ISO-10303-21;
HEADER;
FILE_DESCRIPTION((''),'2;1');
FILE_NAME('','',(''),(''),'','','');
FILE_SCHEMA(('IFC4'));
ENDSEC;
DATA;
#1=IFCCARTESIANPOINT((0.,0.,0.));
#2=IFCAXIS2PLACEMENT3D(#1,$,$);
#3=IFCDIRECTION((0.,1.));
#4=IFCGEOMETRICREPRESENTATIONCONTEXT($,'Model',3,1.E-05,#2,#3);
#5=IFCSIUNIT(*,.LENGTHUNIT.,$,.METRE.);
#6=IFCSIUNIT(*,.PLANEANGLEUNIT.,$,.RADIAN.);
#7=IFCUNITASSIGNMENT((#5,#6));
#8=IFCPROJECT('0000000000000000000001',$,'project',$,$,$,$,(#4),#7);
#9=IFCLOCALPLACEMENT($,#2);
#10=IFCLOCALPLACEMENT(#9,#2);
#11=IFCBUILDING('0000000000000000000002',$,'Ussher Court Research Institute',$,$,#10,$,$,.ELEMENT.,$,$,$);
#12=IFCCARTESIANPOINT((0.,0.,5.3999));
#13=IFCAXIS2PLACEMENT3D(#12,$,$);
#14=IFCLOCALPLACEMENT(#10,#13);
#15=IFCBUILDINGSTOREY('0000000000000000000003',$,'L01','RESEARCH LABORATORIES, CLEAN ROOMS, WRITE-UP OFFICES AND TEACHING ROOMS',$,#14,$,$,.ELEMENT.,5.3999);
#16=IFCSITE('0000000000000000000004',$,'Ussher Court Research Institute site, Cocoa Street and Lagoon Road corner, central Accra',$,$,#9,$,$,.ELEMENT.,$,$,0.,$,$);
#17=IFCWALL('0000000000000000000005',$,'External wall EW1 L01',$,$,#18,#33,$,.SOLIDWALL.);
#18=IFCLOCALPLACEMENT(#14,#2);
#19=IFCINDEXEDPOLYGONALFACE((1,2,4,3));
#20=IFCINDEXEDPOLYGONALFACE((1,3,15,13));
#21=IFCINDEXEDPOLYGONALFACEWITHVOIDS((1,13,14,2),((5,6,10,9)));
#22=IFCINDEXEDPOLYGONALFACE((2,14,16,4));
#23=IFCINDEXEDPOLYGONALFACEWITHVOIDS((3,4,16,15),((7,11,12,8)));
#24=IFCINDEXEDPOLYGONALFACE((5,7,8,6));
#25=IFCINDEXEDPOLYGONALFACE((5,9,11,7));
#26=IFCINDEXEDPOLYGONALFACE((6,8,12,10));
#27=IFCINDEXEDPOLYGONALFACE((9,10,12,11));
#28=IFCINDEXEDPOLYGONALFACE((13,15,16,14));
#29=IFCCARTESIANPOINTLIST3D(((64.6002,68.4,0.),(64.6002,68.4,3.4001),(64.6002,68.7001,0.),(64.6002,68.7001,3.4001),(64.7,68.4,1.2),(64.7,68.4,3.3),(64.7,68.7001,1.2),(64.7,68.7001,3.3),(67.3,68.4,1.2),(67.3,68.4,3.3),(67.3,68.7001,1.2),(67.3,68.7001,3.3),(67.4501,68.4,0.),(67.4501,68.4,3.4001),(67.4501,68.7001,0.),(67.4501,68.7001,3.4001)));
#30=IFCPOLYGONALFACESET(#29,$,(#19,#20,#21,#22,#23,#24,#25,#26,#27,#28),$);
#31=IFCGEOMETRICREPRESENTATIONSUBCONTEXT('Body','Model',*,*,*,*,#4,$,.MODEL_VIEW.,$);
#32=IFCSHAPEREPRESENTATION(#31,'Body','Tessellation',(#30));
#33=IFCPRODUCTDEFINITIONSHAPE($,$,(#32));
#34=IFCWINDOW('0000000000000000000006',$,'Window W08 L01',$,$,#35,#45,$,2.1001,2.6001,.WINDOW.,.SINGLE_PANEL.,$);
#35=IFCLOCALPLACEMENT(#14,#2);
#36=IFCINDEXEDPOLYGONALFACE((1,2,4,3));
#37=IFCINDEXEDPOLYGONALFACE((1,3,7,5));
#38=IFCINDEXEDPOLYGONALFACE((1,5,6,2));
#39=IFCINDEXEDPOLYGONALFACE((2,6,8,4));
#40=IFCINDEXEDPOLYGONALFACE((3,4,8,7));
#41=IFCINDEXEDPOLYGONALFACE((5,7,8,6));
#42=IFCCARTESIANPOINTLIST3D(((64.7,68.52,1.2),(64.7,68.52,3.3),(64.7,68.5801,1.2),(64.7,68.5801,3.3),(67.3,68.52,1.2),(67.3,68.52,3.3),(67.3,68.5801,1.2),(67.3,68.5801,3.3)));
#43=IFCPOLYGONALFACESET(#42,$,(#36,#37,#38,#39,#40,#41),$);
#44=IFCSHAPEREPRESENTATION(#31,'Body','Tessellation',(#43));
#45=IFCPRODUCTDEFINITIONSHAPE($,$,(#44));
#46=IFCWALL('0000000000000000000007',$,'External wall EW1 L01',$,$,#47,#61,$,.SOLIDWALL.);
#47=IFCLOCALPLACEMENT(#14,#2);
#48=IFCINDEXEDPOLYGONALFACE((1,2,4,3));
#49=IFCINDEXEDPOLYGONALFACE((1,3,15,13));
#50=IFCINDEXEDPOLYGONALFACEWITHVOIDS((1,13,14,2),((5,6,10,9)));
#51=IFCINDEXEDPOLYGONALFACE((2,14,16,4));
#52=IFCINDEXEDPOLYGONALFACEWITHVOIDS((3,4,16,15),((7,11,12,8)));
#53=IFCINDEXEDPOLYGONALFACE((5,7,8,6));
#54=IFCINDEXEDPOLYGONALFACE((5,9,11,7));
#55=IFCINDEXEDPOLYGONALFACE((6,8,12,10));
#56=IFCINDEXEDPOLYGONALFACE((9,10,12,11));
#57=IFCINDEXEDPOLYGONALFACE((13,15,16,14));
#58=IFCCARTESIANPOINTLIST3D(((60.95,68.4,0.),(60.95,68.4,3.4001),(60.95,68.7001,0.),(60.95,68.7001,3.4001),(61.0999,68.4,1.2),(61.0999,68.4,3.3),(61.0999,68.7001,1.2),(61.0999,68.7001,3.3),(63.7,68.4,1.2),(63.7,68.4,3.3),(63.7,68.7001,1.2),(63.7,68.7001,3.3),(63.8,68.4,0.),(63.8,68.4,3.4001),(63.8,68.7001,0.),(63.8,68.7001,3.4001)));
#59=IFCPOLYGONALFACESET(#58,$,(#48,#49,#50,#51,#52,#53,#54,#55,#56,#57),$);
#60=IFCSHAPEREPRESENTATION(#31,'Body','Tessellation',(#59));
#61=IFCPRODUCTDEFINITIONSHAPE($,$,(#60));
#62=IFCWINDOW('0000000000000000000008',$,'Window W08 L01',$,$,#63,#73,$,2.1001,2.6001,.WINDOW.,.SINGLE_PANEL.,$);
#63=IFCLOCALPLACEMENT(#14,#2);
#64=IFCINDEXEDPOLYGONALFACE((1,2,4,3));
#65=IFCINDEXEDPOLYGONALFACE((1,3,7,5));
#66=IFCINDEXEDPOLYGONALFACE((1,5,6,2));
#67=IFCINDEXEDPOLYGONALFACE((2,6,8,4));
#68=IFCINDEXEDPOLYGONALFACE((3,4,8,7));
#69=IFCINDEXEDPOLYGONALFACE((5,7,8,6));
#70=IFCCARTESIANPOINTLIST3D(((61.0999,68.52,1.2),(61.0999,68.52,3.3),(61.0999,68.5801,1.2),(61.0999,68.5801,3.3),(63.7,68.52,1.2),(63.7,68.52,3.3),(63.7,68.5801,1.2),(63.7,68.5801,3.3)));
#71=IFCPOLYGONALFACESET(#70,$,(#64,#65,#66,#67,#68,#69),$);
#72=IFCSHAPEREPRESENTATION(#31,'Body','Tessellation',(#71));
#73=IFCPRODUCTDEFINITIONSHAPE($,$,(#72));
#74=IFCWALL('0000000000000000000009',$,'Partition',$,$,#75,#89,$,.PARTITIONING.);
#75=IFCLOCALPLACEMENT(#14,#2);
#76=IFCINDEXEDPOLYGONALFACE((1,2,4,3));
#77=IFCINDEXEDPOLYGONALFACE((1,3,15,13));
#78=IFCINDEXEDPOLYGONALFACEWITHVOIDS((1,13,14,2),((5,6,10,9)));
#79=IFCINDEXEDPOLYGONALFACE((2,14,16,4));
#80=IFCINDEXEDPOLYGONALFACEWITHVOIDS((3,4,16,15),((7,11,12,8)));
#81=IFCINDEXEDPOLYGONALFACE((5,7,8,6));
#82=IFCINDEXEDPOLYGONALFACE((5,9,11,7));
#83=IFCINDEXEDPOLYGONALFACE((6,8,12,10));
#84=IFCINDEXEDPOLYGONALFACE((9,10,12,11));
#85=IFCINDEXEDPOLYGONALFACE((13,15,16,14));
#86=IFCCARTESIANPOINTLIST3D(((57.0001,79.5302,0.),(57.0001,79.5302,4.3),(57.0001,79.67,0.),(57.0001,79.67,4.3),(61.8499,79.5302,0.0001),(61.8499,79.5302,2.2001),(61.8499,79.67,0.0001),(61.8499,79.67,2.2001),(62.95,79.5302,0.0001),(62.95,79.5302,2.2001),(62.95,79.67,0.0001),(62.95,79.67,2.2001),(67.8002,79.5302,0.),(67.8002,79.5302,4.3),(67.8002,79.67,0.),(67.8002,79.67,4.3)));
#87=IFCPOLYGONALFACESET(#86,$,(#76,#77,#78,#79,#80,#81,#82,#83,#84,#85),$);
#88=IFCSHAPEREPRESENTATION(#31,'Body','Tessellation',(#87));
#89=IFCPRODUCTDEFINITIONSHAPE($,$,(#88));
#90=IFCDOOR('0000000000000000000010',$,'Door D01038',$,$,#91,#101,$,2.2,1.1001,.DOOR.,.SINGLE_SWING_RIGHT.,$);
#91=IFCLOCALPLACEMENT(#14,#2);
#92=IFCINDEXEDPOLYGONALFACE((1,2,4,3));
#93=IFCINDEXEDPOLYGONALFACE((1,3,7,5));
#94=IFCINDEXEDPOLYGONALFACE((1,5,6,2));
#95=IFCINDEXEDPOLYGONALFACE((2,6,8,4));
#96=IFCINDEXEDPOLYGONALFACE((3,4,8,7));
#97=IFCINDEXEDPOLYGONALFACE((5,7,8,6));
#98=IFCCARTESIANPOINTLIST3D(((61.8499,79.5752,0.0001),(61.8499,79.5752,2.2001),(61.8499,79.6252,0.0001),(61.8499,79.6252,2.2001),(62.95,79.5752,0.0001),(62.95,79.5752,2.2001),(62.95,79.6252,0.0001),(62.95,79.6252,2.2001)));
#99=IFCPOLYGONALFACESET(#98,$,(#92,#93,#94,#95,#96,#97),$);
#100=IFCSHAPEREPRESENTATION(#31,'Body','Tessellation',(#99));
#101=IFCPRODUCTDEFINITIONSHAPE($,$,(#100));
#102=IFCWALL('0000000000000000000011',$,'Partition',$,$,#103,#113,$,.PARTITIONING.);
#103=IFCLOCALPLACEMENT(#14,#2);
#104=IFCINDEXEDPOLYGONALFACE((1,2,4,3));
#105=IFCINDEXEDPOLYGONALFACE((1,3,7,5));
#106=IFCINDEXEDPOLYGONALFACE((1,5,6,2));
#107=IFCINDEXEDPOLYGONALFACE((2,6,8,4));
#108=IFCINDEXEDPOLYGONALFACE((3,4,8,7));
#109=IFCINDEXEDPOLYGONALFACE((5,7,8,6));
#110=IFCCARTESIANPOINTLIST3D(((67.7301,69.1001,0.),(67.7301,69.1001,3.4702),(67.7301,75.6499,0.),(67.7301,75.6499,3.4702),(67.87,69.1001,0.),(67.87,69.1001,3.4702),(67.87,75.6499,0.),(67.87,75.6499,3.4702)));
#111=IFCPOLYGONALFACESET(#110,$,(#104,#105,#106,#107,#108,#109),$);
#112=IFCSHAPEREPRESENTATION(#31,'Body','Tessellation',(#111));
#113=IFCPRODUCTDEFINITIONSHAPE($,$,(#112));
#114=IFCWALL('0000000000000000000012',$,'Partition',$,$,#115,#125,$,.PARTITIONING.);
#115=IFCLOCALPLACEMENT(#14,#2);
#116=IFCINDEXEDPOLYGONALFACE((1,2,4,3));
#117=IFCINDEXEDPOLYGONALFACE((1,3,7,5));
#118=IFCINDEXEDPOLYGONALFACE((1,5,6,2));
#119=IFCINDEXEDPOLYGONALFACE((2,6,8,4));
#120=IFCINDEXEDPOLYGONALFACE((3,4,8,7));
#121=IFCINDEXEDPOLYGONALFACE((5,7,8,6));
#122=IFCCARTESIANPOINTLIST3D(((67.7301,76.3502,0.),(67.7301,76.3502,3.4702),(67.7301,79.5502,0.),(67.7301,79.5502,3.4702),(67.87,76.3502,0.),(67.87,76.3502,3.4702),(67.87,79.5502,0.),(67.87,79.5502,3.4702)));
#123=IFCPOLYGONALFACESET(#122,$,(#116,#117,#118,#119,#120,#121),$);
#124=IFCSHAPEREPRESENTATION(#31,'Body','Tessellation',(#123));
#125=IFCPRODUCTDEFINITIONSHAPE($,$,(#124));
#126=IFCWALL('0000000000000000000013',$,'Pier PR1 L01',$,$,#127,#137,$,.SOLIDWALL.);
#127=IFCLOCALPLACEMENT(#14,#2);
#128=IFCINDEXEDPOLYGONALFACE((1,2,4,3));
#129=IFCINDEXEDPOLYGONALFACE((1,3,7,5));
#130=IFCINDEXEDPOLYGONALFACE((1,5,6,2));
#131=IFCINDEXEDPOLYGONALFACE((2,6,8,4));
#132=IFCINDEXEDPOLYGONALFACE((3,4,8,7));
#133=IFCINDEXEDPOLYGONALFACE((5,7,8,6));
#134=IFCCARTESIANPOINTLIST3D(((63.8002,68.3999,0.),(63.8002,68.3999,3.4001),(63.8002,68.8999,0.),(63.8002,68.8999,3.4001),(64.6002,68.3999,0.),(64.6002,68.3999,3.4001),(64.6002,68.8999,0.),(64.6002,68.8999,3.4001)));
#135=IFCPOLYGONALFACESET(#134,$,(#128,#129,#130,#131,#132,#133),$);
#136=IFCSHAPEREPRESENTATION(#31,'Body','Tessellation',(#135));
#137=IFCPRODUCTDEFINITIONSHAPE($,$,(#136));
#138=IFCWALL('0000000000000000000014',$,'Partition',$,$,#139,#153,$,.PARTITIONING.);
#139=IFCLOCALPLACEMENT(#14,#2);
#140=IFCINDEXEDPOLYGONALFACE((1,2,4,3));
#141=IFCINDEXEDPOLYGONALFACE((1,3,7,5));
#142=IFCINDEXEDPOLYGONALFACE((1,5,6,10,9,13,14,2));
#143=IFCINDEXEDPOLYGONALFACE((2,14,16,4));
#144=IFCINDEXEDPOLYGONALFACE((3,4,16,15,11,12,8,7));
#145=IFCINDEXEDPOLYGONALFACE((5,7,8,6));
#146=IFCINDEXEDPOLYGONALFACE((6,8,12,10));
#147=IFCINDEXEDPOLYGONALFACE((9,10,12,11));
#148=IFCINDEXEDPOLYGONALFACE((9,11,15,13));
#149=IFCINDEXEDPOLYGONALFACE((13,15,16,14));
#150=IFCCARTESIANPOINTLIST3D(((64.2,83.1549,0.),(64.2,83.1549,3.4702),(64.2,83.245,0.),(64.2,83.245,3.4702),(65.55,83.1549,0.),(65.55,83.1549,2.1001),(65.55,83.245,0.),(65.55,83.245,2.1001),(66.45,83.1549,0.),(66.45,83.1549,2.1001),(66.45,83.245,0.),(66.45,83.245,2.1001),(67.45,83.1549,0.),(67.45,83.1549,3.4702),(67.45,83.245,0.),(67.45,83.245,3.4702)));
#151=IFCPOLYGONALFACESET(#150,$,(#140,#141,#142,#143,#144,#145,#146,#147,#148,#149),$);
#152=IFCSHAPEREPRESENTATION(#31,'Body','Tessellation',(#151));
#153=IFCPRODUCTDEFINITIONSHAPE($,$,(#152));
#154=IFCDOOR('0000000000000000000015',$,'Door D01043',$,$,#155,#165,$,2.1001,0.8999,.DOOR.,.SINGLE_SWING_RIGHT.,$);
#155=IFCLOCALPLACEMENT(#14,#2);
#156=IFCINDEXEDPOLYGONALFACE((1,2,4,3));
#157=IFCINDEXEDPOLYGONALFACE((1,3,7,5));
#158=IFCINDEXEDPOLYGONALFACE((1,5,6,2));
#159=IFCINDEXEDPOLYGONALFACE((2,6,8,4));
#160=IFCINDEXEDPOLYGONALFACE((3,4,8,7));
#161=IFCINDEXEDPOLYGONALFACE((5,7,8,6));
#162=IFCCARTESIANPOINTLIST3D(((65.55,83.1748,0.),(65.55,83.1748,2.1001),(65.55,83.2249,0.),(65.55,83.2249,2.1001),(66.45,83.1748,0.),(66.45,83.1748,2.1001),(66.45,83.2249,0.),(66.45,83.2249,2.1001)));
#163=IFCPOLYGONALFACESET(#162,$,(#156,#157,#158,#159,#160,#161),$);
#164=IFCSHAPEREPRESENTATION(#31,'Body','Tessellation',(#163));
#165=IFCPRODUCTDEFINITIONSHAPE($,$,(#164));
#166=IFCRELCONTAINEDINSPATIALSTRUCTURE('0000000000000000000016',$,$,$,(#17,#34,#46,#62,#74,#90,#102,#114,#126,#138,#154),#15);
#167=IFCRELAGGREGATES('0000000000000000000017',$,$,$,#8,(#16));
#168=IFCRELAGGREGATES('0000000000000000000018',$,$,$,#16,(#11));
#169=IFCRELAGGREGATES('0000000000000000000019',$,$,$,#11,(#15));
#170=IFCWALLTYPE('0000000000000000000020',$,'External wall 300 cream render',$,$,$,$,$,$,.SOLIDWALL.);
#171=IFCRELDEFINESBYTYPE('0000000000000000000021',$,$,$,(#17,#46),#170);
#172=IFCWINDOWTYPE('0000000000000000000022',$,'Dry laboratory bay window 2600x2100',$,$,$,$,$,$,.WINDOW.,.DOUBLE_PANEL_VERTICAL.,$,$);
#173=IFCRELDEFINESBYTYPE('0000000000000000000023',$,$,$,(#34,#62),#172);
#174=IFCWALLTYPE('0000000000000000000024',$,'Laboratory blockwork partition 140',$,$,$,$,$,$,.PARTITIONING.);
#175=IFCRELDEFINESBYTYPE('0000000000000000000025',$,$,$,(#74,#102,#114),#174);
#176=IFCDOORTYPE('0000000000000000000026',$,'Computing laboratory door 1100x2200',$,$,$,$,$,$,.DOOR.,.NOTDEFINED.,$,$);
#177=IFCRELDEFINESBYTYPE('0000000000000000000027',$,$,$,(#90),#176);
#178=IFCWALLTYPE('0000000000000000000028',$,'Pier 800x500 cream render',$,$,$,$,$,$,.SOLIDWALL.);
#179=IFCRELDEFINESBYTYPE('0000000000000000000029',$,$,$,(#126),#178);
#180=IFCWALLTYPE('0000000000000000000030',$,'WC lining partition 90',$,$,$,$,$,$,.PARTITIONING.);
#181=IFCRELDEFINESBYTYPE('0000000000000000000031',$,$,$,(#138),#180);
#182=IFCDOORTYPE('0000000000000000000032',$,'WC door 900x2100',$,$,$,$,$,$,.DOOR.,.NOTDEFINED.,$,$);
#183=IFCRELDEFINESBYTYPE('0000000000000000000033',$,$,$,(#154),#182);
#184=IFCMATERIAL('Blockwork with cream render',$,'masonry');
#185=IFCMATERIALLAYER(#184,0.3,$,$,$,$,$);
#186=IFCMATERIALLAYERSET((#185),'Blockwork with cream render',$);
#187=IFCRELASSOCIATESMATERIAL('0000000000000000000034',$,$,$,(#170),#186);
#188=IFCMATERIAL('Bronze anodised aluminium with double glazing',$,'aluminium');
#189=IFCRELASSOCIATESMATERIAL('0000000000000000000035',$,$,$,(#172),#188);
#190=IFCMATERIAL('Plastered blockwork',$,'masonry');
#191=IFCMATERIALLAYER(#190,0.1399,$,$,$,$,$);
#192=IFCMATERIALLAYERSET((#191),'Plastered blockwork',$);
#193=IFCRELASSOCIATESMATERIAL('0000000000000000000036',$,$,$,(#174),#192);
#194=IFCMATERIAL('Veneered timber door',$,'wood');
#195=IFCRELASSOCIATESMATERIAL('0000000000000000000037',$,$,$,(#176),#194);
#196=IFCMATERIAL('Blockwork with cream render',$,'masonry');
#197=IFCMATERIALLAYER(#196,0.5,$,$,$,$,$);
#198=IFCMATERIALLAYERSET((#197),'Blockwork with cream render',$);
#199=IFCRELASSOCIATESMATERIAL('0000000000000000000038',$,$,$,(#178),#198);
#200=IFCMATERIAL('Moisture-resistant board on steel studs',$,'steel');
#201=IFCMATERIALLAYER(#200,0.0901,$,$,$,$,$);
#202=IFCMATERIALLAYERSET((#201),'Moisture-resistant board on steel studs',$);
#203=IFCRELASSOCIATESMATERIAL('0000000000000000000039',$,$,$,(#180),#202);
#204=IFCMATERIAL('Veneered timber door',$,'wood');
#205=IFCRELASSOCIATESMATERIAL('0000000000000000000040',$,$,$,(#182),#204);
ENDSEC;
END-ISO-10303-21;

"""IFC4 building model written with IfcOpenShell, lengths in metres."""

from ifc_helpers import new_model, si_unit, direction, frame, frame_2d, origin, place, context, subcontext, project, spatial, rectangle, extrude, material, layer, layer_set, type_object, element, fill, save


model = new_model("IFC4")

# Units and contexts
model_context = context("Model", 3, precision=1e-05, world=origin(), true_north=direction((0.0, 1.0)))
body_context = subcontext(model_context, "Body", "Model", "MODEL_VIEW")
ifc_project = project(units=[si_unit("LENGTHUNIT", "METRE"), si_unit("PLANEANGLEUNIT", "RADIAN")], contexts=[model_context])

# Site, building, storey
site_placement = place(None, origin())
site = spatial("IfcSite", under=ifc_project, at=site_placement, Name="Ussher Court Research Institute site, Cocoa Street and Lagoon Road corner, central Accra", CompositionType="ELEMENT", RefElevation=0.0)
building_placement = place(site_placement, origin())
building = spatial("IfcBuilding", under=site, at=building_placement, Name="Ussher Court Research Institute", CompositionType="ELEMENT")
storey_placement = place(building_placement, frame((0.0, 0.0, 5.3999)))
storey = spatial("IfcBuildingStorey", under=building, at=storey_placement, Name="L01", Description="RESEARCH LABORATORIES, CLEAN ROOMS, WRITE-UP OFFICES AND TEACHING ROOMS", CompositionType="ELEMENT", Elevation=5.3999)

# Walls, openings, windows
ifc_material_1 = material(Name="Blockwork with cream render", Category="masonry")
ifc_layer_1 = layer(ifc_material_1, 0.3)
ifc_layer_set_1 = layer_set([ifc_layer_1], Name="Blockwork with cream render")
wall_type_1 = type_object("IfcWallType", Name="External wall 300 cream render", PredefinedType="SOLIDWALL", material=ifc_layer_set_1)
ifc_material_2 = material(Name="Bronze anodised aluminium with double glazing", Category="aluminium")
window_type = type_object("IfcWindowType", Name="Dry laboratory bay window 2600x2100", PartitioningType="DOUBLE_PANEL_VERTICAL", PredefinedType="WINDOW", material=ifc_material_2)
wall_1_placement = place(storey_placement, frame((67.45, 68.55, 0.0), z_axis=(0.0, 0.0, 1.0), x_axis=(-1.0, 0.0, 0.0)))
wall_1 = element("IfcWall", 1, at=wall_1_placement, inside=storey, type_object=wall_type_1, Name="External wall EW1 L01", PredefinedType="SOLIDWALL", context=body_context, shape_type="SweptSolid", body=[
    extrude(rectangle(XDim=2.8499, YDim=0.3, at=frame_2d((1.4248, 0.0))), origin(), (0.0, 0.0, 1.0), 3.4001),
])
opening_1_placement = place(wall_1_placement, frame((0.1499, 0.0, 1.2)))
opening_1 = element("IfcOpeningElement", 2, at=opening_1_placement, cuts=wall_1, PredefinedType="OPENING", context=body_context, shape_type="SweptSolid", body=[
    extrude(rectangle(XDim=2.6001, YDim=2.1001, at=frame_2d((1.3, 1.05))), frame((0.0, 0.1602, 0.0), z_axis=(0.0, -1.0, 0.0), x_axis=(1.0, 0.0, 0.0)), (0.0, 0.0, 1.0), 0.3201),
])
window_1_placement = place(opening_1_placement, origin())
window_1 = element("IfcWindow", 3, at=window_1_placement, inside=storey, type_object=window_type, Name="Window W08 L01", OverallHeight=2.1001, OverallWidth=2.6001, PartitioningType="SINGLE_PANEL", PredefinedType="WINDOW", context=body_context, shape_type="SweptSolid", body=[
    extrude(rectangle(XDim=2.6001, YDim=2.1001, at=frame_2d((1.3, 1.05))), frame((0.0, 0.03, 0.0), z_axis=(0.0, -1.0, 0.0), x_axis=(1.0, 0.0, 0.0)), (0.0, 0.0, 1.0), 0.0601),
])
fill(opening_1, window_1)
wall_2_placement = place(storey_placement, frame((63.8, 68.55, 0.0), z_axis=(0.0, 0.0, 1.0), x_axis=(-1.0, 0.0, 0.0)))
wall_2 = element("IfcWall", 4, at=wall_2_placement, inside=storey, type_object=wall_type_1, Name="External wall EW1 L01", PredefinedType="SOLIDWALL", context=body_context, shape_type="SweptSolid", body=[
    extrude(rectangle(XDim=2.8501, YDim=0.3, at=frame_2d((1.425, 0.0))), origin(), (0.0, 0.0, 1.0), 3.4001),
])
opening_2_placement = place(wall_2_placement, frame((0.1001, 0.0, 1.2)))
opening_2 = element("IfcOpeningElement", 5, at=opening_2_placement, cuts=wall_2, PredefinedType="OPENING", context=body_context, shape_type="SweptSolid", body=[
    extrude(rectangle(XDim=2.6001, YDim=2.1001, at=frame_2d((1.3, 1.05))), frame((0.0, 0.1602, 0.0), z_axis=(0.0, -1.0, 0.0), x_axis=(1.0, 0.0, 0.0)), (0.0, 0.0, 1.0), 0.3201),
])
window_2_placement = place(opening_2_placement, origin())
window_2 = element("IfcWindow", 6, at=window_2_placement, inside=storey, type_object=window_type, Name="Window W08 L01", OverallHeight=2.1001, OverallWidth=2.6001, PartitioningType="SINGLE_PANEL", PredefinedType="WINDOW", context=body_context, shape_type="SweptSolid", body=[
    extrude(rectangle(XDim=2.6001, YDim=2.1001, at=frame_2d((1.3, 1.05))), frame((0.0, 0.03, 0.0), z_axis=(0.0, -1.0, 0.0), x_axis=(1.0, 0.0, 0.0)), (0.0, 0.0, 1.0), 0.0601),
])
fill(opening_2, window_2)

# Wall, opening, door
ifc_material_3 = material(Name="Plastered blockwork", Category="masonry")
ifc_layer_2 = layer(ifc_material_3, 0.1399)
ifc_layer_set_2 = layer_set([ifc_layer_2], Name="Plastered blockwork")
wall_type_2 = type_object("IfcWallType", Name="Laboratory blockwork partition 140", PredefinedType="PARTITIONING", material=ifc_layer_set_2)
wall_3_placement = place(storey_placement, frame((67.8, 79.6001, 0.0), z_axis=(0.0, 0.0, 1.0), x_axis=(-1.0, 0.0, 0.0)))
wall_3 = element("IfcWall", 7, at=wall_3_placement, inside=storey, type_object=wall_type_2, Name="Partition", PredefinedType="PARTITIONING", context=body_context, shape_type="SweptSolid", body=[
    extrude(rectangle(XDim=10.8, YDim=0.1399, at=frame_2d((5.3999, 0.0))), origin(), (0.0, 0.0, 1.0), 4.3),
])
opening_3_placement = place(wall_3_placement, frame((4.8501, 0.0, 0.0)))
opening_3 = element("IfcOpeningElement", 8, at=opening_3_placement, cuts=wall_3, PredefinedType="OPENING", context=body_context, shape_type="SweptSolid", body=[
    extrude(rectangle(XDim=1.1001, YDim=2.2, at=frame_2d((0.55, 1.1001))), frame((0.0, 0.0801, 0.0), z_axis=(0.0, -1.0, 0.0), x_axis=(1.0, 0.0, 0.0)), (0.0, 0.0, 1.0), 0.1599),
])
ifc_material_4 = material(Name="Veneered timber door", Category="wood")
door_type_1 = type_object("IfcDoorType", Name="Computing laboratory door 1100x2200", OperationType="NOTDEFINED", PredefinedType="DOOR", material=ifc_material_4)
door_1_placement = place(opening_3_placement, origin())
door_1 = element("IfcDoor", 9, at=door_1_placement, inside=storey, type_object=door_type_1, Name="Door D01038", OperationType="SINGLE_SWING_RIGHT", OverallHeight=2.2, OverallWidth=1.1001, PredefinedType="DOOR", context=body_context, shape_type="SweptSolid", body=[
    extrude(rectangle(XDim=1.1001, YDim=2.2, at=frame_2d((0.55, 1.1001))), frame((0.0, 0.0249, 0.0), z_axis=(0.0, -1.0, 0.0), x_axis=(1.0, 0.0, 0.0)), (0.0, 0.0, 1.0), 0.05),
])
fill(opening_3, door_1)

# Walls
wall_4_placement = place(storey_placement, frame((67.8, 69.1001, 0.0), z_axis=(0.0, 0.0, 1.0), x_axis=(0.0, 1.0, 0.0)))
element("IfcWall", 10, at=wall_4_placement, inside=storey, type_object=wall_type_2, Name="Partition", PredefinedType="PARTITIONING", context=body_context, shape_type="SweptSolid", body=[
    extrude(rectangle(XDim=6.5498, YDim=0.1399, at=frame_2d((3.2749, 0.0))), origin(), (0.0, 0.0, 1.0), 3.4702),
])
wall_5_placement = place(storey_placement, frame((67.8, 76.3501, 0.0), z_axis=(0.0, 0.0, 1.0), x_axis=(0.0, 1.0, 0.0)))
element("IfcWall", 11, at=wall_5_placement, inside=storey, type_object=wall_type_2, Name="Partition", PredefinedType="PARTITIONING", context=body_context, shape_type="SweptSolid", body=[
    extrude(rectangle(XDim=3.2, YDim=0.1399, at=frame_2d((1.6001, 0.0))), origin(), (0.0, 0.0, 1.0), 3.4702),
])
ifc_material_5 = material(Name="Blockwork with cream render", Category="masonry")
ifc_layer_3 = layer(ifc_material_5, 0.5)
ifc_layer_set_3 = layer_set([ifc_layer_3], Name="Blockwork with cream render")
wall_type_3 = type_object("IfcWallType", Name="Pier 800x500 cream render", PredefinedType="SOLIDWALL", material=ifc_layer_set_3)
wall_6_placement = place(storey_placement, frame((64.6001, 68.6499, 0.0), z_axis=(0.0, 0.0, 1.0), x_axis=(-1.0, 0.0, 0.0)))
element("IfcWall", 12, at=wall_6_placement, inside=storey, type_object=wall_type_3, Name="Pier PR1 L01", PredefinedType="SOLIDWALL", context=body_context, shape_type="SweptSolid", body=[
    extrude(rectangle(XDim=0.8, YDim=0.5, at=frame_2d((0.3999, 0.0))), origin(), (0.0, 0.0, 1.0), 3.4001),
])

# Wall, opening, door
ifc_material_6 = material(Name="Moisture-resistant board on steel studs", Category="steel")
ifc_layer_4 = layer(ifc_material_6, 0.0901)
ifc_layer_set_4 = layer_set([ifc_layer_4], Name="Moisture-resistant board on steel studs")
wall_type_4 = type_object("IfcWallType", Name="WC lining partition 90", PredefinedType="PARTITIONING", material=ifc_layer_set_4)
wall_7_placement = place(storey_placement, frame((64.2, 83.2, 0.0), z_axis=(0.0, 0.0, 1.0), x_axis=(1.0, 0.0, 0.0)))
wall_7 = element("IfcWall", 13, at=wall_7_placement, inside=storey, type_object=wall_type_4, Name="Partition", PredefinedType="PARTITIONING", context=body_context, shape_type="SweptSolid", body=[
    extrude(rectangle(XDim=3.25, YDim=0.0901, at=frame_2d((1.625, 0.0))), origin(), (0.0, 0.0, 1.0), 3.4702),
])
opening_4_placement = place(wall_7_placement, frame((1.3501, 0.0, 0.0)))
opening_4 = element("IfcOpeningElement", 14, at=opening_4_placement, cuts=wall_7, PredefinedType="OPENING", context=body_context, shape_type="SweptSolid", body=[
    extrude(rectangle(XDim=0.8999, YDim=2.1001, at=frame_2d((0.45, 1.05))), frame((0.0, 0.0552, 0.0), z_axis=(0.0, -1.0, 0.0), x_axis=(1.0, 0.0, 0.0)), (0.0, 0.0, 1.0), 0.1101),
])
ifc_material_7 = material(Name="Veneered timber door", Category="wood")
door_type_2 = type_object("IfcDoorType", Name="WC door 900x2100", OperationType="NOTDEFINED", PredefinedType="DOOR", material=ifc_material_7)
door_2_placement = place(opening_4_placement, origin())
door_2 = element("IfcDoor", 15, at=door_2_placement, inside=storey, type_object=door_type_2, Name="Door D01043", OperationType="SINGLE_SWING_RIGHT", OverallHeight=2.1001, OverallWidth=0.8999, PredefinedType="DOOR", context=body_context, shape_type="SweptSolid", body=[
    extrude(rectangle(XDim=0.8999, YDim=2.1001, at=frame_2d((0.45, 1.05))), frame((0.0, 0.0249, 0.0), z_axis=(0.0, -1.0, 0.0), x_axis=(1.0, 0.0, 0.0)), (0.0, 0.0, 1.0), 0.05),
])
fill(opening_4, door_2)

save(model, "model.ifc")
